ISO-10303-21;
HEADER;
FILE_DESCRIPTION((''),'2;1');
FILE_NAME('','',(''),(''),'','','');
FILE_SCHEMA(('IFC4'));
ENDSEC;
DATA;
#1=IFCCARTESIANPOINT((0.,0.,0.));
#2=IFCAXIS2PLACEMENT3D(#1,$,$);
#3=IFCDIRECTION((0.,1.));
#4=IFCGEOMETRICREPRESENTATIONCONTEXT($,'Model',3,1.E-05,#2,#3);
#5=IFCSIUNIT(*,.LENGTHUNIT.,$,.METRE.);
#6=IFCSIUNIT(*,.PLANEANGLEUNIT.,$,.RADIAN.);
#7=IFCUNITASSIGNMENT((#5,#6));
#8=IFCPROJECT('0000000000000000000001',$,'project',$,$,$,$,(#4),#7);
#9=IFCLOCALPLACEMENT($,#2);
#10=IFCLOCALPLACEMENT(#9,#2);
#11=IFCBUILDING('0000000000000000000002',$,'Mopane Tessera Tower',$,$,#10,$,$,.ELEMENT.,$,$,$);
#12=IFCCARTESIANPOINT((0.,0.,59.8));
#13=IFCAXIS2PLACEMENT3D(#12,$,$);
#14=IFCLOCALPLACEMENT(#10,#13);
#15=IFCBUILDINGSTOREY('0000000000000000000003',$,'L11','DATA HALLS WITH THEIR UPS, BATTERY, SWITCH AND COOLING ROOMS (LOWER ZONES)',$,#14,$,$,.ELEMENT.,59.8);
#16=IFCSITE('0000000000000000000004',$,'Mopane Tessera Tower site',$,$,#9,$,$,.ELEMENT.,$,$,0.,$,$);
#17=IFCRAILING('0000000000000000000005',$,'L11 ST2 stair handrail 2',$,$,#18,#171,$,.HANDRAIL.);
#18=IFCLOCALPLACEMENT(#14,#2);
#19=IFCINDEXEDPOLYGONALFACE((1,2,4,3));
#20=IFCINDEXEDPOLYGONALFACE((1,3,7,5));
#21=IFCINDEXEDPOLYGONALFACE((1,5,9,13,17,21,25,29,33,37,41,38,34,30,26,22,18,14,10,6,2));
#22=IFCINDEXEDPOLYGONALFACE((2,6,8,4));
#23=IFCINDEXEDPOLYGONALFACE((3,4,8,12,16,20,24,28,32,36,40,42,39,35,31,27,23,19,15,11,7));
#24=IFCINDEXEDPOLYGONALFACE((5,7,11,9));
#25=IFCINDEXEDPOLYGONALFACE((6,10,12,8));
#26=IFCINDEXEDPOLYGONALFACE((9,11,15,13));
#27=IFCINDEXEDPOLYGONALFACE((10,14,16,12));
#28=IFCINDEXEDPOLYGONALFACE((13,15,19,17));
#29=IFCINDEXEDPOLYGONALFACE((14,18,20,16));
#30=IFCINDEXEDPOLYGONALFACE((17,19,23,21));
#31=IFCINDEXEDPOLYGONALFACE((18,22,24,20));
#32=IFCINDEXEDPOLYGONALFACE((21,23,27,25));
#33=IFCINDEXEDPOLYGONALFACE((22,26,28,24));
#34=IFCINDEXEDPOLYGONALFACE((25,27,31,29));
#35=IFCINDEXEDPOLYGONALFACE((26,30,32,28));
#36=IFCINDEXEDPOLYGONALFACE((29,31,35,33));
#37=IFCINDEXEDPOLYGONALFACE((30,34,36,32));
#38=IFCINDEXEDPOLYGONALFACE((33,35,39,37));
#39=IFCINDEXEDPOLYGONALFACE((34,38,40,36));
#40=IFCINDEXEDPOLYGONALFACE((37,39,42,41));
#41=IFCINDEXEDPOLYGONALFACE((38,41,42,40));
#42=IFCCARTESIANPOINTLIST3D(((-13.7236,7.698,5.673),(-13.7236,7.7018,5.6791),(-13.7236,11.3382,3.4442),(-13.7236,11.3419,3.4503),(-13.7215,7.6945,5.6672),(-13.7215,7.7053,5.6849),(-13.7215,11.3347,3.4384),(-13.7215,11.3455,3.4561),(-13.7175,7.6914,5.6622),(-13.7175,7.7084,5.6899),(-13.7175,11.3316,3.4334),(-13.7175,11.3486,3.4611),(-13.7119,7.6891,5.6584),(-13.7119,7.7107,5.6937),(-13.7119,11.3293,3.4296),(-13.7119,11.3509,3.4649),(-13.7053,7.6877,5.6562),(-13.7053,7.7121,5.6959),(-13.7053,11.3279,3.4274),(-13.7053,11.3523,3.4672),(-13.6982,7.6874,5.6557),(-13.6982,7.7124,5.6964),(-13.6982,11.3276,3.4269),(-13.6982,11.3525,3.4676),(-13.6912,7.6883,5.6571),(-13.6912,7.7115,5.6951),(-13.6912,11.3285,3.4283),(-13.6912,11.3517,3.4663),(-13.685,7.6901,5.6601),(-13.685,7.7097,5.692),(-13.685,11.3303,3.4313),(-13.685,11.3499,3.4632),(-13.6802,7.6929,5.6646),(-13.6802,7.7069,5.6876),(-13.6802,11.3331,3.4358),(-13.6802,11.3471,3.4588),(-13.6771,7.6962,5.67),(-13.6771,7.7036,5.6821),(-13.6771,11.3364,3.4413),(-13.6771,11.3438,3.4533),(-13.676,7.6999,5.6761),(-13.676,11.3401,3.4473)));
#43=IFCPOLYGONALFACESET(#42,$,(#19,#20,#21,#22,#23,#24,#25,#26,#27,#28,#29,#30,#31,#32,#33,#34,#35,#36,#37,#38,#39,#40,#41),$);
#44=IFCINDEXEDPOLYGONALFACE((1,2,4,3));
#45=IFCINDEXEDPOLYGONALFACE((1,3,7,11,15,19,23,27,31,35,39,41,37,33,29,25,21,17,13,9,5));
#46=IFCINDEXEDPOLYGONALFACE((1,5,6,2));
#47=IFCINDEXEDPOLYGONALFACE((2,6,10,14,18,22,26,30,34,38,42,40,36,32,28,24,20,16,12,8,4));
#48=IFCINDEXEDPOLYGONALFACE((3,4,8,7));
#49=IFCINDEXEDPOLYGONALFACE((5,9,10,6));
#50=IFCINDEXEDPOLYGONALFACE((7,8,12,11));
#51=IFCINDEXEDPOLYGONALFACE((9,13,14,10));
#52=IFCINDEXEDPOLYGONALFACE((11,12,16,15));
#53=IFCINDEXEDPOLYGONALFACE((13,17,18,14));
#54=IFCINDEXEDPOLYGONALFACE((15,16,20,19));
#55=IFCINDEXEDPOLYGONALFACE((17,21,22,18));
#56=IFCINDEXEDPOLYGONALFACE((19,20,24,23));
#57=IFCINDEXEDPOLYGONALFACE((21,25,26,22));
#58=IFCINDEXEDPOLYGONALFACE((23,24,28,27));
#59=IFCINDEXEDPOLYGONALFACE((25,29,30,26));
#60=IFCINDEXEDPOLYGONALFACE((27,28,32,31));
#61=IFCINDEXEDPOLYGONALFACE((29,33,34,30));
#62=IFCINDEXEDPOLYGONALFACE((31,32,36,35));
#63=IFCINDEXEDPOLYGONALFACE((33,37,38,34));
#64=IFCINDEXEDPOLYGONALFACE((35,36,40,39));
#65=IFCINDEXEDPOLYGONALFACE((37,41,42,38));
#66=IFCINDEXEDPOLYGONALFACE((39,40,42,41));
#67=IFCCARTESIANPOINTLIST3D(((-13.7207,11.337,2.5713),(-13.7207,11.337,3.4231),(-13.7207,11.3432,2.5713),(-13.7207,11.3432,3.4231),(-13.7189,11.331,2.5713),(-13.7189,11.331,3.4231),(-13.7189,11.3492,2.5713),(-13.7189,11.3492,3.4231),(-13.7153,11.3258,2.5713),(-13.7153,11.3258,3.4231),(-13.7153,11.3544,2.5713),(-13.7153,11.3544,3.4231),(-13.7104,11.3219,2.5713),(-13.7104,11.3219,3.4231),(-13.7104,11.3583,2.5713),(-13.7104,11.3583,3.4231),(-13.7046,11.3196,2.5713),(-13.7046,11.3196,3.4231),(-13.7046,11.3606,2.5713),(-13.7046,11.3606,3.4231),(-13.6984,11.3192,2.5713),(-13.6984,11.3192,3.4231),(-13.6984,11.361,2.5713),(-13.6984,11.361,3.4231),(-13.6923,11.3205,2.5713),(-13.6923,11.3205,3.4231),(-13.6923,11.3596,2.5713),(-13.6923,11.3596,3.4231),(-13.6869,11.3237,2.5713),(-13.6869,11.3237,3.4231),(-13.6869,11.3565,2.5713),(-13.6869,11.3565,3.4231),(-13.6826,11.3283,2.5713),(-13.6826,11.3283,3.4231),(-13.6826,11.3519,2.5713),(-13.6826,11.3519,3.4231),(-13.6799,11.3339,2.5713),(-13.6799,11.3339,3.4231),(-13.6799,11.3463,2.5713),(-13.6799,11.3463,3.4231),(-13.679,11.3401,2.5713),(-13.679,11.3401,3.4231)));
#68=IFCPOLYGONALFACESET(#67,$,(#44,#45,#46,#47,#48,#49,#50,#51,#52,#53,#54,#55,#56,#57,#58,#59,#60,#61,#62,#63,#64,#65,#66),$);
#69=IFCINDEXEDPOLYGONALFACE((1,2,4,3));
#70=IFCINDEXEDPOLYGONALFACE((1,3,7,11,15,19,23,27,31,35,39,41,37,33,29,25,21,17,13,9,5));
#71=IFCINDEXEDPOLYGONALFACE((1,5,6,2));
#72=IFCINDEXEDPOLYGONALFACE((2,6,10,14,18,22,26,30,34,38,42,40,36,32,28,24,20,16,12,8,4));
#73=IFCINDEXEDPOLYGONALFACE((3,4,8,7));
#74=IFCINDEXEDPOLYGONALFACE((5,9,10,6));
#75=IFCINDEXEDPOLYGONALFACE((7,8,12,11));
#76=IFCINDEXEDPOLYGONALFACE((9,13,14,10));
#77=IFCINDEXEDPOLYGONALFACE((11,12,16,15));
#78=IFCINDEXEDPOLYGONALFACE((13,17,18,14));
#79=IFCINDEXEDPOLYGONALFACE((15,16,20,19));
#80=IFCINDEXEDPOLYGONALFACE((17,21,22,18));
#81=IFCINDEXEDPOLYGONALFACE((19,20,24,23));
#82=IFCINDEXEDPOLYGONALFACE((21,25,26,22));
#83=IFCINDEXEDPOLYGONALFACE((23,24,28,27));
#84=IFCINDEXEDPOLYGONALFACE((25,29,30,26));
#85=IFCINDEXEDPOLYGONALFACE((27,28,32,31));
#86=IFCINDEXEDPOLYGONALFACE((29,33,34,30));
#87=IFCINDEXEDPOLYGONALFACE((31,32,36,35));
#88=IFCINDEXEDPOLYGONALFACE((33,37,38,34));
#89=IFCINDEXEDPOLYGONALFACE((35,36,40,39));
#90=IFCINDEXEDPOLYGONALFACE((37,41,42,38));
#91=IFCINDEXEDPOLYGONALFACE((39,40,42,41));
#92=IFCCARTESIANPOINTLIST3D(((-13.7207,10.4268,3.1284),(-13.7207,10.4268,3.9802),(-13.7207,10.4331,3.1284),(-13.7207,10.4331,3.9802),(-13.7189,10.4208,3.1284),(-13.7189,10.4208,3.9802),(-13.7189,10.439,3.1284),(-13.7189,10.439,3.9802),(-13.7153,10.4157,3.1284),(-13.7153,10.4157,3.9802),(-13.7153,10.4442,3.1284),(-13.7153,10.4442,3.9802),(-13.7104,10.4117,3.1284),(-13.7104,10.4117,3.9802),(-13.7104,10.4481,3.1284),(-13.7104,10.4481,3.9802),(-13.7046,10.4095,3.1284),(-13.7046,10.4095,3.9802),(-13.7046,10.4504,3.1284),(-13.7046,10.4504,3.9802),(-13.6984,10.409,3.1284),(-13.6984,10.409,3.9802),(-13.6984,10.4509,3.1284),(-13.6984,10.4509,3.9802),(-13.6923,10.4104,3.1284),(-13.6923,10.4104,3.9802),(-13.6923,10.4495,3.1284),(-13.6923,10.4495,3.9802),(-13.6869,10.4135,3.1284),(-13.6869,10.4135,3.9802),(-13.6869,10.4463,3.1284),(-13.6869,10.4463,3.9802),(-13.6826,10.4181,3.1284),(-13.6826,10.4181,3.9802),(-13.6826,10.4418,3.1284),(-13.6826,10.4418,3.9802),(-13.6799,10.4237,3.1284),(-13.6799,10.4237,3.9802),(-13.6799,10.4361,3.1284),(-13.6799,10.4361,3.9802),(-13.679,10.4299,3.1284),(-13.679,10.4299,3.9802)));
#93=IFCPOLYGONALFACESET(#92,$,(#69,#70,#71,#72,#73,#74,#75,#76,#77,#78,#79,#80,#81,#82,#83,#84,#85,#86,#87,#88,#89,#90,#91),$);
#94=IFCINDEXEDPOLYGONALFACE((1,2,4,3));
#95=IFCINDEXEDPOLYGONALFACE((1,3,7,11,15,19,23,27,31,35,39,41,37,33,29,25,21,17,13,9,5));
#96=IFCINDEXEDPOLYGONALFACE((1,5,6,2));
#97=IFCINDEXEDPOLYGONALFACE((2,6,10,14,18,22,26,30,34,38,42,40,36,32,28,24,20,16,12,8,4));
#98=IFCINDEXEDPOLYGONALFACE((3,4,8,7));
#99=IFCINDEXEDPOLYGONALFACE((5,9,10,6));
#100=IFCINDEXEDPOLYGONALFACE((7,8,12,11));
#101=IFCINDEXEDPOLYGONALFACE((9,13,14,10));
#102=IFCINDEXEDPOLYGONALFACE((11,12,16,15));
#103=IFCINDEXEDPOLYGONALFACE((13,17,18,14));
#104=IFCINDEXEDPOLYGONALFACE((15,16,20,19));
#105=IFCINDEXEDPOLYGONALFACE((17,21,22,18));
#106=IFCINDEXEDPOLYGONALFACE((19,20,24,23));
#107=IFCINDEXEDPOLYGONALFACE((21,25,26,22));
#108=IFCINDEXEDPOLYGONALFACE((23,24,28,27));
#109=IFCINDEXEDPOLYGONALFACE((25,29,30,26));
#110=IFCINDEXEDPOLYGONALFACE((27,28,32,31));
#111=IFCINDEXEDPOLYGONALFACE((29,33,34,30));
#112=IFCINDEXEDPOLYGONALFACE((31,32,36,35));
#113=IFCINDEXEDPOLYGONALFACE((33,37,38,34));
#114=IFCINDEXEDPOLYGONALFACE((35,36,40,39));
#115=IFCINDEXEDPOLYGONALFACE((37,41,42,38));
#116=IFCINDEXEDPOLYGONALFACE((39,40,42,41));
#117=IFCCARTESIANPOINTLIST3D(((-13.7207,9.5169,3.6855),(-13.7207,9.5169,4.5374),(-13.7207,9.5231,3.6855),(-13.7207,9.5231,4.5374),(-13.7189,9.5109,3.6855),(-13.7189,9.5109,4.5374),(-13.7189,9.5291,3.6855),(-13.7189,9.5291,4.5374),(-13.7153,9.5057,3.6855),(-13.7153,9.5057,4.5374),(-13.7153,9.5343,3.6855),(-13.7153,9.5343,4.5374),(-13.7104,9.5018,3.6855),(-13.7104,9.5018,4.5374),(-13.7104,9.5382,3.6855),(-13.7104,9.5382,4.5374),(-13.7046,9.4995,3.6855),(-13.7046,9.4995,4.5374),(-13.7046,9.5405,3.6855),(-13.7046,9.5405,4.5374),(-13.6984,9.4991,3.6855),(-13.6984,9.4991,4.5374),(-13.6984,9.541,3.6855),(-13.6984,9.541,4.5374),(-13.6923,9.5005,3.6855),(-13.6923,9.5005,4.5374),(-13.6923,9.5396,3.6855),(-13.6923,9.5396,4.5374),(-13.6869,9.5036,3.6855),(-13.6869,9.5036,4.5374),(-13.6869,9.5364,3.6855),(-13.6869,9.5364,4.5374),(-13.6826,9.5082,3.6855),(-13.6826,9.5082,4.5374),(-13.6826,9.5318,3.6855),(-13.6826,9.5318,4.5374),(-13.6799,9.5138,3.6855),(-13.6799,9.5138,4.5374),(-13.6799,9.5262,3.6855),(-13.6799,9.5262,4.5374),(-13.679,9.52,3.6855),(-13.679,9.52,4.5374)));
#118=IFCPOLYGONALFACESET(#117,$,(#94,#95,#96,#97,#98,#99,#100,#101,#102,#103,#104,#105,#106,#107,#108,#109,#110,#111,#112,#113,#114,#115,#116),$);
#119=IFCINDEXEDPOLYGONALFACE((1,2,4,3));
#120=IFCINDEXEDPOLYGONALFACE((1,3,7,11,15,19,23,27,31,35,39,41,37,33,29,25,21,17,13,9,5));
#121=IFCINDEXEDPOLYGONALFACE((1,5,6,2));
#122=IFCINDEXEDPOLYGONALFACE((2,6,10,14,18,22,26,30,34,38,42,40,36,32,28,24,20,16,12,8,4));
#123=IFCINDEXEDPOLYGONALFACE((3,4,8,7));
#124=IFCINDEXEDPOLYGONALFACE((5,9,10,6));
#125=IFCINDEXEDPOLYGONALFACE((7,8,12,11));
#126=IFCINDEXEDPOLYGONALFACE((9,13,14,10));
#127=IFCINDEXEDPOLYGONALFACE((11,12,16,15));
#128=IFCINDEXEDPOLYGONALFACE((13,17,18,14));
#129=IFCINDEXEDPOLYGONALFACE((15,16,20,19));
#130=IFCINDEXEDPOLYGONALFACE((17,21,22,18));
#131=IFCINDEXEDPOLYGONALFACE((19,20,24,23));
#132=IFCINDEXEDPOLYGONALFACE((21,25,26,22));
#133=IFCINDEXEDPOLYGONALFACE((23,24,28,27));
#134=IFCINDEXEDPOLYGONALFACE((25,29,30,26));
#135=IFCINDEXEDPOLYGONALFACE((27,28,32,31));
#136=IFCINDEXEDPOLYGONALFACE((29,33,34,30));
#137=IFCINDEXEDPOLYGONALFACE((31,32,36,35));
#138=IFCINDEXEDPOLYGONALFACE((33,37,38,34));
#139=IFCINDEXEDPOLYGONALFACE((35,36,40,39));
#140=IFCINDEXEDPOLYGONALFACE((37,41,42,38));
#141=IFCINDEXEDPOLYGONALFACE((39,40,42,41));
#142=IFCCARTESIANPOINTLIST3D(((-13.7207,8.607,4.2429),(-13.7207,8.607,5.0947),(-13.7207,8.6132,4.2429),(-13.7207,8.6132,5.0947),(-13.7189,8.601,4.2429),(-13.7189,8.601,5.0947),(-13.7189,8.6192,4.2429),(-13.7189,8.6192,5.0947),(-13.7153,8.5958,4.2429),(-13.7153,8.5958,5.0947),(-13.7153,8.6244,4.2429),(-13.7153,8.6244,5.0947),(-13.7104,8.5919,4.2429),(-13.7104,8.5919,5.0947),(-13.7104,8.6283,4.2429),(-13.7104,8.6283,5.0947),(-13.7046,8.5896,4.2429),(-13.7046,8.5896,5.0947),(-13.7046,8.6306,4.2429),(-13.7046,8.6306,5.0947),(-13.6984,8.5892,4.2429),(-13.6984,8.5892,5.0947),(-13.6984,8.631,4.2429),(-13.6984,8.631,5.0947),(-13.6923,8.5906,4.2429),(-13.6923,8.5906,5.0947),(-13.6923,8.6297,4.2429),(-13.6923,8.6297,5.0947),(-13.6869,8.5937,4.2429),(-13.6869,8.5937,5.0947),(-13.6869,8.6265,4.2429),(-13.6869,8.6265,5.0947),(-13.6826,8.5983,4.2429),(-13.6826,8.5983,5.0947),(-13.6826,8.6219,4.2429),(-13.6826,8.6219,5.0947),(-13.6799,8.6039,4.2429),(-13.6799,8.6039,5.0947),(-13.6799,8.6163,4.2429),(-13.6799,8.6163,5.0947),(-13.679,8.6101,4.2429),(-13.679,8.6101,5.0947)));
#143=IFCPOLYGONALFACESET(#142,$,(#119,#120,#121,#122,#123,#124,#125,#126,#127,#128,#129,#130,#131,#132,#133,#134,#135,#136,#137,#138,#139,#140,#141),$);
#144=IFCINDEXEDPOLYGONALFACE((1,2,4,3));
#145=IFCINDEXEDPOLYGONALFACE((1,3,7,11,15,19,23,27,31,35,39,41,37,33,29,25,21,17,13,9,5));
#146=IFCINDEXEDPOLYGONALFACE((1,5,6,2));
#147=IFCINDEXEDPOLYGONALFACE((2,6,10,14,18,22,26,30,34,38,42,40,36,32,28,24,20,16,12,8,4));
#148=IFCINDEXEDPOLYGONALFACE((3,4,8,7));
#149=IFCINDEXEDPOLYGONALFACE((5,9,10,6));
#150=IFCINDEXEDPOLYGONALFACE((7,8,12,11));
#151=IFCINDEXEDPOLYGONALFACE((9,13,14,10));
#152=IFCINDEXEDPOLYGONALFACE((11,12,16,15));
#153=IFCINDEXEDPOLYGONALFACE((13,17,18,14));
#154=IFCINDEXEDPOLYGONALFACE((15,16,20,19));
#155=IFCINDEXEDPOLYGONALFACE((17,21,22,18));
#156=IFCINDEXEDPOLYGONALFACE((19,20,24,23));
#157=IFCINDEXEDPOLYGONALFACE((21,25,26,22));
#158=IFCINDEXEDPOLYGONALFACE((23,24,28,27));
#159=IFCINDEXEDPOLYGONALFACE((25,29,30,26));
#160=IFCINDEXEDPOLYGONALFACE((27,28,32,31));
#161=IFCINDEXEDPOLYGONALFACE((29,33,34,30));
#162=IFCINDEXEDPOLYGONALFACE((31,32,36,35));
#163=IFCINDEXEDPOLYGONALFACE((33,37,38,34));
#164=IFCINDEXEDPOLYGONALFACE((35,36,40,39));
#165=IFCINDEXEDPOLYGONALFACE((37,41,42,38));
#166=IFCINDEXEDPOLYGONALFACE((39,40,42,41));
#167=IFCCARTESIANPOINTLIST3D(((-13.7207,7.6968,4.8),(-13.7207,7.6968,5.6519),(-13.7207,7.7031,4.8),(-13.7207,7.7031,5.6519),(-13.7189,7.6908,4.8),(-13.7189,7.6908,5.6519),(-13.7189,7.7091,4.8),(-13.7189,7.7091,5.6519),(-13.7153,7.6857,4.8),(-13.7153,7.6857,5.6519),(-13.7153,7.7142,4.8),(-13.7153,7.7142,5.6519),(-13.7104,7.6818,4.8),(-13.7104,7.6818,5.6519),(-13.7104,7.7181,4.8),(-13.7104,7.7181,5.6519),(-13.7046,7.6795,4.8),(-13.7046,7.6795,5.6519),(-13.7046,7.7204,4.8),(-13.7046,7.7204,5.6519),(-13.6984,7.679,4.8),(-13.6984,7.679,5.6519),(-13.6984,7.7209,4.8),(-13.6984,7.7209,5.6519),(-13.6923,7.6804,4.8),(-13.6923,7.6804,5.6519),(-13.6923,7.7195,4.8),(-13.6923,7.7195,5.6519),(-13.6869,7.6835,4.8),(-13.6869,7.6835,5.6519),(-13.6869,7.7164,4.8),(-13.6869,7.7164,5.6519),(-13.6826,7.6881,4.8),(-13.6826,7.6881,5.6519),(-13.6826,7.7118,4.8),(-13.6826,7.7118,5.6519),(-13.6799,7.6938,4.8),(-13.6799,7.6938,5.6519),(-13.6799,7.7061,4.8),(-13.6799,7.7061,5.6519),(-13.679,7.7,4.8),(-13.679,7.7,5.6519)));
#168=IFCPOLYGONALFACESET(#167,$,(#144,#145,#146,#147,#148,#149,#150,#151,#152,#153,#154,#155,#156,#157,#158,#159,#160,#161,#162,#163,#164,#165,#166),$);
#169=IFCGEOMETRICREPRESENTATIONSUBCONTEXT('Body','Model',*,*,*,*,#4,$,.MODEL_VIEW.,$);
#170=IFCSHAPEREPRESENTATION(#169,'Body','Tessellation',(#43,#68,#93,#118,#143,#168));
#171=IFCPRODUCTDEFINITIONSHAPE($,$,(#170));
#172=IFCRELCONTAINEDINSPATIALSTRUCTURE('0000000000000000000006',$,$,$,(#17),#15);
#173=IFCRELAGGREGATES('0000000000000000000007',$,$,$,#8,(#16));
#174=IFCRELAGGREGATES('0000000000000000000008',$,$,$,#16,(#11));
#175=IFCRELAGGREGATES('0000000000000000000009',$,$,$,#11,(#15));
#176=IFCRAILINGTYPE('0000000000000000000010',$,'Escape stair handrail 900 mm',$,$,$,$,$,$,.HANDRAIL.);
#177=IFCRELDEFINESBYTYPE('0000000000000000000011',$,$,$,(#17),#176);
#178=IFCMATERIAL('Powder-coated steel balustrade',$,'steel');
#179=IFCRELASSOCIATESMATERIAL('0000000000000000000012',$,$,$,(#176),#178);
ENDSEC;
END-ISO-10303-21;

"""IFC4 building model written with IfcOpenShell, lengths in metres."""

from ifc_helpers import new_model, si_unit, direction, frame, origin, origin_2d, place, context, subcontext, project, spatial, circle, extrude, material, type_object, element, save


model = new_model("IFC4")

# Units and contexts
model_context = context("Model", 3, precision=1e-05, world=origin(), true_north=direction((0.0, 1.0)))
body_context = subcontext(model_context, "Body", "Model", "MODEL_VIEW")
ifc_project = project(units=[si_unit("LENGTHUNIT", "METRE"), si_unit("PLANEANGLEUNIT", "RADIAN")], contexts=[model_context])

# Site, building, storey
site_placement = place(None, origin())
site = spatial("IfcSite", under=ifc_project, at=site_placement, Name="Mopane Tessera Tower site", CompositionType="ELEMENT", RefElevation=0.0)
building_placement = place(site_placement, origin())
building = spatial("IfcBuilding", under=site, at=building_placement, Name="Mopane Tessera Tower", CompositionType="ELEMENT")
storey_placement = place(building_placement, frame((0.0, 0.0, 59.8)))
storey = spatial("IfcBuildingStorey", under=building, at=storey_placement, Name="L11", Description="DATA HALLS WITH THEIR UPS, BATTERY, SWITCH AND COOLING ROOMS (LOWER ZONES)", CompositionType="ELEMENT", Elevation=59.8)

# Railing
ifc_material_1 = material(Name="Powder-coated steel balustrade", Category="steel")
railing_type_1 = type_object("IfcRailingType", Name="Escape stair handrail 900 mm", PredefinedType="HANDRAIL", material=ifc_material_1)
railing_1_placement = place(storey_placement, frame((-13.7, 11.3401, 2.5713)))
element("IfcRailing", 1, at=railing_1_placement, inside=storey, type_object=railing_type_1, Name="L11 ST2 stair handrail 2", PredefinedType="HANDRAIL", context=body_context, shape_type="SweptSolid", body=[
    extrude(circle(Radius=0.0239, at=origin_2d()), frame((0.0, 0.0, 0.876), z_axis=(0.0, -0.85284, 0.522172), x_axis=(1.0, 0.0, 0.0)), (0.0, 0.0, 1.0), 4.2683),
    extrude(circle(Radius=0.021, at=origin_2d()), origin(), (0.0, 0.0, 1.0), 0.8518),
    extrude(circle(Radius=0.021, at=origin_2d()), frame((0.0, -0.9102, 0.5571)), (0.0, 0.0, 1.0), 0.8518),
    extrude(circle(Radius=0.021, at=origin_2d()), frame((0.0, -1.8201, 1.1143)), (0.0, 0.0, 1.0), 0.8518),
    extrude(circle(Radius=0.021, at=origin_2d()), frame((0.0, -2.73, 1.6716)), (0.0, 0.0, 1.0), 0.8518),
    extrude(circle(Radius=0.021, at=origin_2d()), frame((0.0, -3.6401, 2.2288)), (0.0, 0.0, 1.0), 0.8518),
])

save(model, "model.ifc")
